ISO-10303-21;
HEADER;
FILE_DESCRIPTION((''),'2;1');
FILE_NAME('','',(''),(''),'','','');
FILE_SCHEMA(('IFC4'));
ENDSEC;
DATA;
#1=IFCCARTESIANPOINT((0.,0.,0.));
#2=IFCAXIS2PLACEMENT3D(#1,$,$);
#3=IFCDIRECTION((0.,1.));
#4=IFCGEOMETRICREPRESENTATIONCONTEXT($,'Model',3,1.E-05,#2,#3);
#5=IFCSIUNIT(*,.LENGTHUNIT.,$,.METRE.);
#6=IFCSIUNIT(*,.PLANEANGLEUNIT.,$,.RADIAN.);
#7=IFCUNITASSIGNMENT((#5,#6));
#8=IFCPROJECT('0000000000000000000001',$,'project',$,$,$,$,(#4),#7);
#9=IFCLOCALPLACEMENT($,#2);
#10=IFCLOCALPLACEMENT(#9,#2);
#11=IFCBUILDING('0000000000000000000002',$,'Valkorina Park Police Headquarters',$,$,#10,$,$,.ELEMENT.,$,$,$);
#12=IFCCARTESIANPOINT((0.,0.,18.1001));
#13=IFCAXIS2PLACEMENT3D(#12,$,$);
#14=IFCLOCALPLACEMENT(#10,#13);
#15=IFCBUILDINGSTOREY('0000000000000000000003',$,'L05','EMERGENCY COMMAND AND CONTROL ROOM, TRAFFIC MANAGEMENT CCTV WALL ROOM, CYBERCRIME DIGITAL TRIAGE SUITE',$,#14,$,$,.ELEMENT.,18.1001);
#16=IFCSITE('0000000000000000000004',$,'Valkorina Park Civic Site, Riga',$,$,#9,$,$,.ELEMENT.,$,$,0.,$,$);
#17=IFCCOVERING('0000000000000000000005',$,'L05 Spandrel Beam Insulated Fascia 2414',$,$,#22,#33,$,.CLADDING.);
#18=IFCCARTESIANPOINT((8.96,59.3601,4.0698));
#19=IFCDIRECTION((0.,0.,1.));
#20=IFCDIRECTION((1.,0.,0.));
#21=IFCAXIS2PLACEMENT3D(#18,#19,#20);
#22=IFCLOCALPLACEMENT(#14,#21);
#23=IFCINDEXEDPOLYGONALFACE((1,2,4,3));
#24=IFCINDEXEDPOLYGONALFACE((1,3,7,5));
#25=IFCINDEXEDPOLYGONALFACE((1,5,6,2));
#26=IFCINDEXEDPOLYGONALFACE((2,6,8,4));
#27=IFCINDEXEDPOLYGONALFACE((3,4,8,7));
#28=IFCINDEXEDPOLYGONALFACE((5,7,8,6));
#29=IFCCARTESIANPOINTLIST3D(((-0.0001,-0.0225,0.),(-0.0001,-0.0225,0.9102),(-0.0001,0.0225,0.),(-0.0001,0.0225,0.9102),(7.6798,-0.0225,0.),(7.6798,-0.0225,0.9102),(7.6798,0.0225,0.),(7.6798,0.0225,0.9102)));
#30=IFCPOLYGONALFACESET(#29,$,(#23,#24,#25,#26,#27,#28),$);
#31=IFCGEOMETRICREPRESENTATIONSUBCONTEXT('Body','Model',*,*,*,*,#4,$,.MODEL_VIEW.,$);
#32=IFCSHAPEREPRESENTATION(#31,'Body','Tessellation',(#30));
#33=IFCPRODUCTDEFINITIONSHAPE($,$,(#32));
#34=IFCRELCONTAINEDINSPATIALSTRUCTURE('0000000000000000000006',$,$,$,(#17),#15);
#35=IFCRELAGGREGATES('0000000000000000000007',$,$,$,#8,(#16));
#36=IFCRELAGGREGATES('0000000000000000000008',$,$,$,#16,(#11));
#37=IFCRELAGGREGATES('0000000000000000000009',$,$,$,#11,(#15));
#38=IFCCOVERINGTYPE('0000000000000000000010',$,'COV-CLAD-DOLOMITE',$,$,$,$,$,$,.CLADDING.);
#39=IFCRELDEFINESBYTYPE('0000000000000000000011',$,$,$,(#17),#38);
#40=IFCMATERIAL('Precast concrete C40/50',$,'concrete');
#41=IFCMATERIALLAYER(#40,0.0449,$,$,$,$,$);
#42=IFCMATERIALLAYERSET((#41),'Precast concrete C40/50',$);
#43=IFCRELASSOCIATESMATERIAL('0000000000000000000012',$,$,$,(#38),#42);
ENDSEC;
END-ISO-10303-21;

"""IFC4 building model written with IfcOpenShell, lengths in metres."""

from ifc_helpers import new_model, si_unit, direction, frame, frame_2d, origin, place, context, subcontext, project, spatial, rectangle, extrude, material, layer, layer_set, type_object, element, save


model = new_model("IFC4")

# Units and contexts
model_context = context("Model", 3, precision=1e-05, world=origin(), true_north=direction((0.0, 1.0)))
body_context = subcontext(model_context, "Body", "Model", "MODEL_VIEW")
ifc_project = project(units=[si_unit("LENGTHUNIT", "METRE"), si_unit("PLANEANGLEUNIT", "RADIAN")], contexts=[model_context])

# Site, building, storey
site_placement = place(None, origin())
site = spatial("IfcSite", under=ifc_project, at=site_placement, Name="Valkorina Park Civic Site, Riga", CompositionType="ELEMENT", RefElevation=0.0)
building_placement = place(site_placement, origin())
building = spatial("IfcBuilding", under=site, at=building_placement, Name="Valkorina Park Police Headquarters", CompositionType="ELEMENT")
storey_placement = place(building_placement, frame((0.0, 0.0, 18.1001)))
storey = spatial("IfcBuildingStorey", under=building, at=storey_placement, Name="L05", Description="EMERGENCY COMMAND AND CONTROL ROOM, TRAFFIC MANAGEMENT CCTV WALL ROOM, CYBERCRIME DIGITAL TRIAGE SUITE", CompositionType="ELEMENT", Elevation=18.1001)

# Covering
ifc_material_1 = material(Name="Precast concrete C40/50", Category="concrete")
ifc_layer_1 = layer(ifc_material_1, 0.0449)
ifc_layer_set_1 = layer_set([ifc_layer_1], Name="Precast concrete C40/50")
covering_type_1 = type_object("IfcCoveringType", Name="COV-CLAD-DOLOMITE", PredefinedType="CLADDING", material=ifc_layer_set_1)
covering_1_placement = place(storey_placement, frame((8.96, 59.3601, 4.0698), z_axis=(0.0, 0.0, 1.0), x_axis=(1.0, 0.0, 0.0)))
element("IfcCovering", 1, at=covering_1_placement, inside=storey, type_object=covering_type_1, Name="L05 Spandrel Beam Insulated Fascia 2414", PredefinedType="CLADDING", context=body_context, shape_type="SweptSolid", body=[
    extrude(rectangle(XDim=7.6799, YDim=0.0449, at=frame_2d((3.8398, 0.0))), origin(), (0.0, 0.0, 1.0), 0.9102),
])

save(model, "model.ifc")
